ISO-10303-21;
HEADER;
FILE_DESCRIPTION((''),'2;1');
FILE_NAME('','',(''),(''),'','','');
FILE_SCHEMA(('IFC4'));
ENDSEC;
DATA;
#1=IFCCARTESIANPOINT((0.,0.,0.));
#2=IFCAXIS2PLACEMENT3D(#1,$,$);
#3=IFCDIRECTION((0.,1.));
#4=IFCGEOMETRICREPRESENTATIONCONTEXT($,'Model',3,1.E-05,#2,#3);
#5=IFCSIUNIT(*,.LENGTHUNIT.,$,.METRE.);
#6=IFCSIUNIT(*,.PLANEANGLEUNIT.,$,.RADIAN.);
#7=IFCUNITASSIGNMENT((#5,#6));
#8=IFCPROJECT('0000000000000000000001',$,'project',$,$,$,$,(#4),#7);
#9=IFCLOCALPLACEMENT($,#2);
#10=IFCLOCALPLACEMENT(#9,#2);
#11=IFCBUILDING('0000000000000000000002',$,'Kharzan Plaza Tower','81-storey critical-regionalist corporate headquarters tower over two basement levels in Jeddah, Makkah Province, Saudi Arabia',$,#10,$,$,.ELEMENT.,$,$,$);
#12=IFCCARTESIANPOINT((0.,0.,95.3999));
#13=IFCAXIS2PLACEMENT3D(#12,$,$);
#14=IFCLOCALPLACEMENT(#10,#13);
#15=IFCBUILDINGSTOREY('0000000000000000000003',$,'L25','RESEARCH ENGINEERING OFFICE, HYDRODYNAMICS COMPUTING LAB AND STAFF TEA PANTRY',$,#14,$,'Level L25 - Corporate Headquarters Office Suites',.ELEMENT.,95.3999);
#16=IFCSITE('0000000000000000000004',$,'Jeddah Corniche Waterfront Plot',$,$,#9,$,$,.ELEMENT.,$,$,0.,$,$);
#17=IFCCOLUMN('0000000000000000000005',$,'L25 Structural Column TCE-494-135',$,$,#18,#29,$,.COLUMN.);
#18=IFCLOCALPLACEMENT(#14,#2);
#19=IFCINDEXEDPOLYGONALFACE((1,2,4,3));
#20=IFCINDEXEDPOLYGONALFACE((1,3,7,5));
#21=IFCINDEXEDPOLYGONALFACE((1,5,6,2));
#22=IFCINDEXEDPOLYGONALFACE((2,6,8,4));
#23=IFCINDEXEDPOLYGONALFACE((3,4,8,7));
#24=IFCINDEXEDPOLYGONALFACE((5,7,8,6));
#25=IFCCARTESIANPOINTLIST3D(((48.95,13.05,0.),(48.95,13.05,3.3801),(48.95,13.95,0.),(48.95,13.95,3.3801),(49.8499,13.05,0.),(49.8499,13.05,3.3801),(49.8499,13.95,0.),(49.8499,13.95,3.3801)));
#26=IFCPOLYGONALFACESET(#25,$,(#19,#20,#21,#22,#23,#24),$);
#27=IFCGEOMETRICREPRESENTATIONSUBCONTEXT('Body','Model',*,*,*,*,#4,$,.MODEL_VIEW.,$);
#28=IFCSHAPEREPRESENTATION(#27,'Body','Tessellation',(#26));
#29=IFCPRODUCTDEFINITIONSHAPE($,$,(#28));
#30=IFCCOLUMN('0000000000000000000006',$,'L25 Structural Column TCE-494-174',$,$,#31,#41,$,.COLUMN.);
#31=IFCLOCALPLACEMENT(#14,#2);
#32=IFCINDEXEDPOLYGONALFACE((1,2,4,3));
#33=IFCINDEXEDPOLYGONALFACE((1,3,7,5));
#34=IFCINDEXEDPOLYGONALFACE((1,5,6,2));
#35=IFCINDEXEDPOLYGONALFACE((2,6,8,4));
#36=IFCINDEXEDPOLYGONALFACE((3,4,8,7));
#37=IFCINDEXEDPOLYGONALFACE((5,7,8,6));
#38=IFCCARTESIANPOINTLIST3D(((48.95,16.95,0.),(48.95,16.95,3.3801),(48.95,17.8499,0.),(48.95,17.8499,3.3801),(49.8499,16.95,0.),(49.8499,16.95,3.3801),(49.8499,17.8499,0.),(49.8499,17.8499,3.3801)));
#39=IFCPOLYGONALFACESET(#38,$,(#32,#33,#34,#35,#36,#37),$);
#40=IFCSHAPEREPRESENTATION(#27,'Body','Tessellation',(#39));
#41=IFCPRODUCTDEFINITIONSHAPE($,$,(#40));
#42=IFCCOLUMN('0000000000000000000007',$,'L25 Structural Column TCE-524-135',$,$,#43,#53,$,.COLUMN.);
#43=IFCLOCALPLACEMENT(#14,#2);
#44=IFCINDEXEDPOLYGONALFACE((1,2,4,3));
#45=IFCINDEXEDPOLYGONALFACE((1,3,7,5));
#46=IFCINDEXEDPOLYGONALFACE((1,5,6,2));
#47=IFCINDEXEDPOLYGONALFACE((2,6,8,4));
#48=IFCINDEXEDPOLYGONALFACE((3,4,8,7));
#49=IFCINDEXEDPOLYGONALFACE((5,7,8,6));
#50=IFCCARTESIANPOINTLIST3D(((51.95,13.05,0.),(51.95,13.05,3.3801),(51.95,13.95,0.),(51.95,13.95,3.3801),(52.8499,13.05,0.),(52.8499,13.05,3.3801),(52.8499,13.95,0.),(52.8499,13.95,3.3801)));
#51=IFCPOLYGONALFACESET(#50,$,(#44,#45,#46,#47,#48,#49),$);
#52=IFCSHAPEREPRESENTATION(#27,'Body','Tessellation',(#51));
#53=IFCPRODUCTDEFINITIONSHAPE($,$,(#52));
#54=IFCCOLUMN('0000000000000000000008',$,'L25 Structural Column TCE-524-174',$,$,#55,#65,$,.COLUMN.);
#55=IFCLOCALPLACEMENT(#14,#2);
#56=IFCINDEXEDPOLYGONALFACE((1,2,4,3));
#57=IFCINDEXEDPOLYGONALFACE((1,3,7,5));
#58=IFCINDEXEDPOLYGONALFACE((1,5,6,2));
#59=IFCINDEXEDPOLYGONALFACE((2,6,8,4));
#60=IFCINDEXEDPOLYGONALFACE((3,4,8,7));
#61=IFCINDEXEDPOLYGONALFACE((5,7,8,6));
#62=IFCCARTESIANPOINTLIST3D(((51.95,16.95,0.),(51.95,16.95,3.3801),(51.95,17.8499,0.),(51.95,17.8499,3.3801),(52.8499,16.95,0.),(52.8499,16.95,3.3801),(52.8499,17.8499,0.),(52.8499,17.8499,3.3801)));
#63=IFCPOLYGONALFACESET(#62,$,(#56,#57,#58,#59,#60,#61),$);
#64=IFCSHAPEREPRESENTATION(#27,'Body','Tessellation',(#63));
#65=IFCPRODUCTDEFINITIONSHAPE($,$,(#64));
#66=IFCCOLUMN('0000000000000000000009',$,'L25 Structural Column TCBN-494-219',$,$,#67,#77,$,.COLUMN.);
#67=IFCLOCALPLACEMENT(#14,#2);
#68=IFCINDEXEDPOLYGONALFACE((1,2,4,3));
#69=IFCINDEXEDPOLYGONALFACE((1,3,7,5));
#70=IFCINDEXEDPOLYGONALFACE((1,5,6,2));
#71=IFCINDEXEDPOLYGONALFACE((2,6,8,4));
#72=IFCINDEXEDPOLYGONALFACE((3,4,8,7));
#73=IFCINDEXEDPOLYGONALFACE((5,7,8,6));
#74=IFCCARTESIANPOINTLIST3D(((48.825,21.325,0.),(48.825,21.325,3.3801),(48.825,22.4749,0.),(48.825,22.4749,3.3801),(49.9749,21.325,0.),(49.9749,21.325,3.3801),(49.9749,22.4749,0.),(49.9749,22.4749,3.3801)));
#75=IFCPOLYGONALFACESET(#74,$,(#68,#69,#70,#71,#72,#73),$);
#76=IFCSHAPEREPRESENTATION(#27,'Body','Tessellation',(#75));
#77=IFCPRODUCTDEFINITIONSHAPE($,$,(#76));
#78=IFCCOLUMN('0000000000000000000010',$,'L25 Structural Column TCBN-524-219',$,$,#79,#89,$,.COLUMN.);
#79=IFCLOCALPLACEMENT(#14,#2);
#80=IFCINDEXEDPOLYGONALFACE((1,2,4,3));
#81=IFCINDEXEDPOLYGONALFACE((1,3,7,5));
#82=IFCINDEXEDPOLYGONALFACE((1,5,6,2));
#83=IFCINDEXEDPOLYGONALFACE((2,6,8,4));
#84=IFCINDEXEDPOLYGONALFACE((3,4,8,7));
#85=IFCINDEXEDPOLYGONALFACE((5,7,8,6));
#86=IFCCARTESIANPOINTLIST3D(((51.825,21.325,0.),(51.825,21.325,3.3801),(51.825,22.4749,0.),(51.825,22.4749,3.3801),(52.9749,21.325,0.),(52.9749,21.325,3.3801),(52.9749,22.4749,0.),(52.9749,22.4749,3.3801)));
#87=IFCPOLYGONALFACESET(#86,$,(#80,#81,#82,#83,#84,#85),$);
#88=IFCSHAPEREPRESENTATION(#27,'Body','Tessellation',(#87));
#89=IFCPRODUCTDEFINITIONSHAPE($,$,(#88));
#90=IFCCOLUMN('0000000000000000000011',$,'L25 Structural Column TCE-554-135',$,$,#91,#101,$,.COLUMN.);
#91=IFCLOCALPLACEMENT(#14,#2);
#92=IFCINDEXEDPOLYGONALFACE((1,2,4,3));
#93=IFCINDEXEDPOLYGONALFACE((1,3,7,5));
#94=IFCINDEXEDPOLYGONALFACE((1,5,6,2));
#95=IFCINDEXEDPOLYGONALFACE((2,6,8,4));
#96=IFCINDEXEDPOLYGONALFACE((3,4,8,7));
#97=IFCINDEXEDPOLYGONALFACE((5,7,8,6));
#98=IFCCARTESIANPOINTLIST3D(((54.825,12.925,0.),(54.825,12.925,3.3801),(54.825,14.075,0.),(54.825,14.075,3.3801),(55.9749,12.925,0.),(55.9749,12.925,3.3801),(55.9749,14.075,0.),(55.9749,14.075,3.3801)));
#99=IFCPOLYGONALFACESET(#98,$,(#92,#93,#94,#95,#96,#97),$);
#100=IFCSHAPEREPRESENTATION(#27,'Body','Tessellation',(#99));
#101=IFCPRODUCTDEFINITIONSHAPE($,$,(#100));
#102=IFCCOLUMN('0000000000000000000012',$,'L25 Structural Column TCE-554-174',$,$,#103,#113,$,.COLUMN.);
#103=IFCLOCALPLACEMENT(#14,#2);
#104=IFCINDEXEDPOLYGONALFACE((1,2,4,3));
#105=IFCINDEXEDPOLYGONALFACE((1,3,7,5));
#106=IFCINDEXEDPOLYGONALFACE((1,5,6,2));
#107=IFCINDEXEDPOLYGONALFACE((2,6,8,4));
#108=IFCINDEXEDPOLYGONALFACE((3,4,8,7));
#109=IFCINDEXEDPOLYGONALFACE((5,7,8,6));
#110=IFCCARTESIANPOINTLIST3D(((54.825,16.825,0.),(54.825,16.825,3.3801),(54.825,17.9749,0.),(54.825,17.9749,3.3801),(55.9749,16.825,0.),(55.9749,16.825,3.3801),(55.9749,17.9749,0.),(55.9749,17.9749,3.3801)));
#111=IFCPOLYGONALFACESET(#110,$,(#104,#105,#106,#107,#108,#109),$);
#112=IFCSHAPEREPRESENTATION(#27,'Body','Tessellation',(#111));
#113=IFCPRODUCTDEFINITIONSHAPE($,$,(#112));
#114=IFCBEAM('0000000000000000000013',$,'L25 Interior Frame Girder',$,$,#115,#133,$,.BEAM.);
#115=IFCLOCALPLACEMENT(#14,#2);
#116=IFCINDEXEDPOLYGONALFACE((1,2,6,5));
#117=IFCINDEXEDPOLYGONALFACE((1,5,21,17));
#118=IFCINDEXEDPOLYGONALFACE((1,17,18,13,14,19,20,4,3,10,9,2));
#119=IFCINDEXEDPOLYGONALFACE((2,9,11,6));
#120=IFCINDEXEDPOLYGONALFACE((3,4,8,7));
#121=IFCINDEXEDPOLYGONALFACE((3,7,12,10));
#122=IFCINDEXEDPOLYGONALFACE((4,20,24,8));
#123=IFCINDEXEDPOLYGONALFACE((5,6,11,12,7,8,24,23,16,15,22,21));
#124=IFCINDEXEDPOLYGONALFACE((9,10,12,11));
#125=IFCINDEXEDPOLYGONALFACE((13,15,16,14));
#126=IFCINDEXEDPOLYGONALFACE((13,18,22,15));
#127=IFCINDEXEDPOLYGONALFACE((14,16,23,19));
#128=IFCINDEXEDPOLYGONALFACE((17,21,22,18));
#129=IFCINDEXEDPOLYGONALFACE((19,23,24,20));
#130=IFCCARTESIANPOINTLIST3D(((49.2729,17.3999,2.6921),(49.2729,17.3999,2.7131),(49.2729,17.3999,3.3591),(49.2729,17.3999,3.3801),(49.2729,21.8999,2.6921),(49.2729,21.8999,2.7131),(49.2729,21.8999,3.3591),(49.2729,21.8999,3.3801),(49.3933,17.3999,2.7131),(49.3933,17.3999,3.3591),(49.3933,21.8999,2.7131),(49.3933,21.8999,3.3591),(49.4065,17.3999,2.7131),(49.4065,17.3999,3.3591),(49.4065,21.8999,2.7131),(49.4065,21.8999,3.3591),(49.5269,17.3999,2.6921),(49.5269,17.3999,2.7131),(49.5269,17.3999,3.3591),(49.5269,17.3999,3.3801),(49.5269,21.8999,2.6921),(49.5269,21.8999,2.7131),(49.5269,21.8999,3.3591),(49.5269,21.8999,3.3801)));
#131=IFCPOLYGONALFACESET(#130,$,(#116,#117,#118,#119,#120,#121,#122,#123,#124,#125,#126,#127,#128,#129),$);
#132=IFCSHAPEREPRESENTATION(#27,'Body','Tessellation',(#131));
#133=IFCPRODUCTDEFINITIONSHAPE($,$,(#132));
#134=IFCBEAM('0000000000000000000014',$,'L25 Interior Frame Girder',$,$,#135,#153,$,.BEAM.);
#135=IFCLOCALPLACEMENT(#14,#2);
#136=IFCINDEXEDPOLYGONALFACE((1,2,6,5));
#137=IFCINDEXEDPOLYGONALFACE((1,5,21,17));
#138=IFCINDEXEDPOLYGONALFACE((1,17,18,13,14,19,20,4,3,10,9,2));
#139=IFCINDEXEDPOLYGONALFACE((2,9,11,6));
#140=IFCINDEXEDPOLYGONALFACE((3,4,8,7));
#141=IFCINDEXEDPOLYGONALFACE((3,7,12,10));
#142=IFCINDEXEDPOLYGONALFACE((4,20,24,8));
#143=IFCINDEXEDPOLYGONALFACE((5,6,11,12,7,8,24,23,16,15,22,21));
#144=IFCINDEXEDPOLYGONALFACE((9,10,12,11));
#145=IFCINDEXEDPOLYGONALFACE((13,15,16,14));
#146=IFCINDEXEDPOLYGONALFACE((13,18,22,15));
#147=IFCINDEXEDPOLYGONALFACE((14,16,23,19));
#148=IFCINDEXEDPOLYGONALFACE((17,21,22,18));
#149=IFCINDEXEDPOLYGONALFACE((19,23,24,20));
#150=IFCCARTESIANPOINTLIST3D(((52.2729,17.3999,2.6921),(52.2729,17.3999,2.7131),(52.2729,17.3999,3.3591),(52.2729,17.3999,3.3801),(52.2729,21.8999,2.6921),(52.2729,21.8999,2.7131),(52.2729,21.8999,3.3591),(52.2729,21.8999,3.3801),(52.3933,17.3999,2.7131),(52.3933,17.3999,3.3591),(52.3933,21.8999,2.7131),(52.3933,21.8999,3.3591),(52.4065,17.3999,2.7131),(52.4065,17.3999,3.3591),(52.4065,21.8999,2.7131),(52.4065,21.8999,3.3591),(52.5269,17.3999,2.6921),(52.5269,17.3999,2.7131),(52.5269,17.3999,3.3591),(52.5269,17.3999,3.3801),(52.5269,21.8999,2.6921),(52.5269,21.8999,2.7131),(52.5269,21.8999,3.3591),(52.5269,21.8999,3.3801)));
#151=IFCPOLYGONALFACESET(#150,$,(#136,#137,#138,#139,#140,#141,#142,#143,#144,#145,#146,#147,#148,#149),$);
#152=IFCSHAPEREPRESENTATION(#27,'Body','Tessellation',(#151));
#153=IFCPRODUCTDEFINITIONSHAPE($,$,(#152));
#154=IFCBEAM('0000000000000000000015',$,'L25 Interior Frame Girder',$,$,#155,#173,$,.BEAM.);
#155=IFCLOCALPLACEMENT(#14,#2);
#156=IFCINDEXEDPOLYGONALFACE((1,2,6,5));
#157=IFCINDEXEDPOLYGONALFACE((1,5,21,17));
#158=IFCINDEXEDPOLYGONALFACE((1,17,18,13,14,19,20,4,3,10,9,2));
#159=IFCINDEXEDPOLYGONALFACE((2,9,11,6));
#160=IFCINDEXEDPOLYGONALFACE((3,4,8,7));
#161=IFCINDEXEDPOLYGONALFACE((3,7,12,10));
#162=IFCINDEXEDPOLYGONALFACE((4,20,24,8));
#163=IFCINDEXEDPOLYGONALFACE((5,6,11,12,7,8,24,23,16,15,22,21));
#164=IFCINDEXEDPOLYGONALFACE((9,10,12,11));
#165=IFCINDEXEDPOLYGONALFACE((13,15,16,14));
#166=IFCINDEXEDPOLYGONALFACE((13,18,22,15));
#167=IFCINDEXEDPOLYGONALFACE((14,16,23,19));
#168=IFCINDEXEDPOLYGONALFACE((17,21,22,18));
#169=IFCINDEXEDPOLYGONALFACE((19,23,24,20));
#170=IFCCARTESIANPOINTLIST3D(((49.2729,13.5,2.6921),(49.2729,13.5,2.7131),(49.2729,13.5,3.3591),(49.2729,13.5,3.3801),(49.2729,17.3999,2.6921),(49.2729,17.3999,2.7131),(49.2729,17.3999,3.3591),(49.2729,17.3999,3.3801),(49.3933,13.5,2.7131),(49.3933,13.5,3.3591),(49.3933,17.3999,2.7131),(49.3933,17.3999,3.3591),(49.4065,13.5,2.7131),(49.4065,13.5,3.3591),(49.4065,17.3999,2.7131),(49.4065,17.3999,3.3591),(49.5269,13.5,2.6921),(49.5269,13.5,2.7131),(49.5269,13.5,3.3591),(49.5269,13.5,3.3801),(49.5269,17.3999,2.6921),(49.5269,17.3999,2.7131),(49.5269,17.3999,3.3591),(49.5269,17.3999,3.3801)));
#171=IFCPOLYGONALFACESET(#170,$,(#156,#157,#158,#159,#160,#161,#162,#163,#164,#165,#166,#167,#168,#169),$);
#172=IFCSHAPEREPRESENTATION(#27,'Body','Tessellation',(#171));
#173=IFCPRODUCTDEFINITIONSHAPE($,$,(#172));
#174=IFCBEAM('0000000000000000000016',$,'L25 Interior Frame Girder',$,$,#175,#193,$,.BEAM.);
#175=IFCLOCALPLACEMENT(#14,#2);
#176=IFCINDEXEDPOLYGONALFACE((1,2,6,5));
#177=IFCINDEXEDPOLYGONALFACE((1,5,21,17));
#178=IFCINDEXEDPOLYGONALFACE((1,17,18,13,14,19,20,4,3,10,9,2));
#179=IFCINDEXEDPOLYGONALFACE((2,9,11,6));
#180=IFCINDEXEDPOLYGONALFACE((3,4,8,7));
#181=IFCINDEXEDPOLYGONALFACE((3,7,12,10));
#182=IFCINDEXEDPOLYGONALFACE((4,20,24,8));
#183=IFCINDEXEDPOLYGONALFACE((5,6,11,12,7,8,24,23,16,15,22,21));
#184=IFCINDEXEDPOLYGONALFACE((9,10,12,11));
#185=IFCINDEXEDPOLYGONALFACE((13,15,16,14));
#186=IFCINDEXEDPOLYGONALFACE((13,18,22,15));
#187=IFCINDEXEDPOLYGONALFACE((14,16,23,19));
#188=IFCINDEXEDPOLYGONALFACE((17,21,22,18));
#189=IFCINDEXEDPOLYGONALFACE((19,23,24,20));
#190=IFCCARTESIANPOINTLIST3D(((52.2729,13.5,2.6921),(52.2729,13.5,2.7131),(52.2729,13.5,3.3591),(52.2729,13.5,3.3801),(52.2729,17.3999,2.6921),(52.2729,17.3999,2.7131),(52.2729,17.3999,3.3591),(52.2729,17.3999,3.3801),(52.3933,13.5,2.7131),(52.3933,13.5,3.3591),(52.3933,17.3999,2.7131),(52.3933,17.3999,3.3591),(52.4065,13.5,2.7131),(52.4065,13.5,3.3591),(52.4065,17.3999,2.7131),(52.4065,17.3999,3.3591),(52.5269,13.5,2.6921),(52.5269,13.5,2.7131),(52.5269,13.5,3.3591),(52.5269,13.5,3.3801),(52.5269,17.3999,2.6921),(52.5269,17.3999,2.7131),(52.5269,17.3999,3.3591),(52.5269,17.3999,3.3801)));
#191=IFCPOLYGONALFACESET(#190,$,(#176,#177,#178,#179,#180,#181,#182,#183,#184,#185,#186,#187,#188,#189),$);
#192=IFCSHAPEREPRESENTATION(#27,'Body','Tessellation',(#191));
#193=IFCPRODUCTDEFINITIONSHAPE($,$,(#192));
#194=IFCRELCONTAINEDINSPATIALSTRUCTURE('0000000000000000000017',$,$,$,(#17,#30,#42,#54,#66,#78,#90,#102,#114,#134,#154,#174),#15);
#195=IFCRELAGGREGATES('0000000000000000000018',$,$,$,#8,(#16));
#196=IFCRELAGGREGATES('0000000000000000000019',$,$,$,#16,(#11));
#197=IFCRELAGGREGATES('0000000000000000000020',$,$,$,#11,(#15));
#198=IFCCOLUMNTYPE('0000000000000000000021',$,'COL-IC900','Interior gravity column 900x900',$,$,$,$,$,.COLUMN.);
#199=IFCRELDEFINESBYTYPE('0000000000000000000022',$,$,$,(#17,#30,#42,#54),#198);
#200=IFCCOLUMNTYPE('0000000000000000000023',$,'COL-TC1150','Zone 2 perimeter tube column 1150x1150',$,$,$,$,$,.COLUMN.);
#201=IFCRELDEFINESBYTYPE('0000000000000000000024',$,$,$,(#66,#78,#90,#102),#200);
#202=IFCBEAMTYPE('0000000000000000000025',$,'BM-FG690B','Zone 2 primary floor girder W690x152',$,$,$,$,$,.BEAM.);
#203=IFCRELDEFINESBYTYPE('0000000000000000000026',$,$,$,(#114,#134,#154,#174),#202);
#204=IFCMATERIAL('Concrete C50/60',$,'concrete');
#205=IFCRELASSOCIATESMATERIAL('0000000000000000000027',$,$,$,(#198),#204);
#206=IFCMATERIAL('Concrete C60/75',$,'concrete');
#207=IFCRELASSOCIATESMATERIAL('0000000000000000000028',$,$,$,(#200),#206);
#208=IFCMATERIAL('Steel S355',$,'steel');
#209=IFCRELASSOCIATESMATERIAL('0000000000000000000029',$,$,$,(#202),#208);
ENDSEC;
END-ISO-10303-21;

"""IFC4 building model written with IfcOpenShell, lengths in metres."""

from ifc_helpers import new_model, si_unit, direction, frame, origin, origin_2d, place, context, subcontext, project, spatial, rectangle, i_section, extrude, source, transform, mapped, material, material_profile, profile_set, type_object, element, save


model = new_model("IFC4")

# Units and contexts
model_context = context("Model", 3, precision=1e-05, world=origin(), true_north=direction((0.0, 1.0)))
body_context = subcontext(model_context, "Body", "Model", "MODEL_VIEW")
ifc_project = project(units=[si_unit("LENGTHUNIT", "METRE"), si_unit("PLANEANGLEUNIT", "RADIAN")], contexts=[model_context])

# Site, building, storey
site_placement = place(None, origin())
site = spatial("IfcSite", under=ifc_project, at=site_placement, Name="Jeddah Corniche Waterfront Plot", CompositionType="ELEMENT", RefElevation=0.0)
building_placement = place(site_placement, origin())
building = spatial("IfcBuilding", under=site, at=building_placement, Name="Kharzan Plaza Tower", Description="81-storey critical-regionalist corporate headquarters tower over two basement levels in Jeddah, Makkah Province, Saudi Arabia", CompositionType="ELEMENT")
storey_placement = place(building_placement, frame((0.0, 0.0, 95.3999)))
storey = spatial("IfcBuildingStorey", under=building, at=storey_placement, Name="L25", Description="RESEARCH ENGINEERING OFFICE, HYDRODYNAMICS COMPUTING LAB AND STAFF TEA PANTRY", LongName="Level L25 - Corporate Headquarters Office Suites", CompositionType="ELEMENT", Elevation=95.3999)

# Columns
ifc_material_1 = material(Name="Concrete C50/60", Category="concrete")
ifc_material_profile_1 = material_profile(ifc_material_1, rectangle(XDim=0.8999, YDim=0.8999, at=origin_2d()), Name="RC-IC900x900")
ifc_profile_set_1 = profile_set([ifc_material_profile_1], Name="Concrete C50/60")
column_type_1 = type_object("IfcColumnType", Name="COL-IC900", Description="Interior gravity column 900x900", PredefinedType="COLUMN", material=ifc_profile_set_1)
shared_shape_1 = source(origin(), body_context, "Body", "SweptSolid", [
    extrude(rectangle(XDim=0.8999, YDim=0.8999, at=origin_2d()), origin(), (0.0, 0.0, 1.0), 3.3801),
])
for number, where, z_axis, x_axis, name in (
    (1, (49.3999, 13.5, 0.0), (0.0, 0.0, 1.0), (1.0, 0.0, 0.0), "L25 Structural Column TCE-494-135"),
    (2, (49.3999, 17.3999, 0.0), (0.0, 0.0, 1.0), (1.0, 0.0, 0.0), "L25 Structural Column TCE-494-174"),
    (3, (52.3999, 13.5, 0.0), (0.0, 0.0, 1.0), (1.0, 0.0, 0.0), "L25 Structural Column TCE-524-135"),
    (4, (52.3999, 17.3999, 0.0), (0.0, 0.0, 1.0), (1.0, 0.0, 0.0), "L25 Structural Column TCE-524-174"),
):
    element("IfcColumn", number, at=place(storey_placement, frame(where, z_axis=z_axis, x_axis=x_axis)), inside=storey, type_object=column_type_1, Name=name, PredefinedType="COLUMN", context=body_context, shape_type="MappedRepresentation", body=[
        mapped(shared_shape_1, transform((0.0, 0.0, 0.0), x_axis=(1.0, 0.0, 0.0), y_axis=(0.0, 1.0, 0.0), z_axis=(0.0, 0.0, 1.0))),
    ])
ifc_material_2 = material(Name="Concrete C60/75", Category="concrete")
ifc_material_profile_2 = material_profile(ifc_material_2, rectangle(XDim=1.1499, YDim=1.1499, at=origin_2d()), Name="RC-TC1150x1150")
ifc_profile_set_2 = profile_set([ifc_material_profile_2], Name="Concrete C60/75")
column_type_2 = type_object("IfcColumnType", Name="COL-TC1150", Description="Zone 2 perimeter tube column 1150x1150", PredefinedType="COLUMN", material=ifc_profile_set_2)
shared_shape_2 = source(origin(), body_context, "Body", "SweptSolid", [
    extrude(rectangle(XDim=1.1499, YDim=1.1499, at=origin_2d()), origin(), (0.0, 0.0, 1.0), 3.3801),
])
for number, where, z_axis, x_axis, name in (
    (5, (49.3999, 21.8999, 0.0), (0.0, 0.0, 1.0), (1.0, 0.0, 0.0), "L25 Structural Column TCBN-494-219"),
    (6, (52.3999, 21.8999, 0.0), (0.0, 0.0, 1.0), (1.0, 0.0, 0.0), "L25 Structural Column TCBN-524-219"),
    (7, (55.3999, 13.5, 0.0), (0.0, 0.0, 1.0), (1.0, 0.0, 0.0), "L25 Structural Column TCE-554-135"),
    (8, (55.3999, 17.3999, 0.0), (0.0, 0.0, 1.0), (1.0, 0.0, 0.0), "L25 Structural Column TCE-554-174"),
):
    element("IfcColumn", number, at=place(storey_placement, frame(where, z_axis=z_axis, x_axis=x_axis)), inside=storey, type_object=column_type_2, Name=name, PredefinedType="COLUMN", context=body_context, shape_type="MappedRepresentation", body=[
        mapped(shared_shape_2, transform((0.0, 0.0, 0.0), x_axis=(1.0, 0.0, 0.0), y_axis=(0.0, 1.0, 0.0), z_axis=(0.0, 0.0, 1.0))),
    ])

# Beams
ifc_material_3 = material(Name="Steel S355", Category="steel")
ifc_material_profile_3 = material_profile(ifc_material_3, i_section(OverallWidth=0.2539, OverallDepth=0.688, WebThickness=0.0132, FlangeThickness=0.021, at=origin_2d()), Name="W690x152")
ifc_profile_set_3 = profile_set([ifc_material_profile_3], Name="Steel S355")
beam_type_1 = type_object("IfcBeamType", Name="BM-FG690B", Description="Zone 2 primary floor girder W690x152", PredefinedType="BEAM", material=ifc_profile_set_3)
shared_shape_3 = source(origin(), body_context, "Body", "SweptSolid", [
    extrude(i_section(OverallWidth=0.2539, OverallDepth=0.688, WebThickness=0.0132, FlangeThickness=0.021, at=origin_2d()), origin(), (0.0, 0.0, 1.0), 4.5),
])
for number, where, z_axis, x_axis, name in (
    (9, (49.3999, 17.3999, 3.0361), (0.0, 1.0, 0.0), (-1.0, 0.0, 0.0), "L25 Interior Frame Girder"),
    (10, (52.3999, 17.3999, 3.0361), (0.0, 1.0, 0.0), (-1.0, 0.0, 0.0), "L25 Interior Frame Girder"),
):
    element("IfcBeam", number, at=place(storey_placement, frame(where, z_axis=z_axis, x_axis=x_axis)), inside=storey, type_object=beam_type_1, Name=name, PredefinedType="BEAM", context=body_context, shape_type="MappedRepresentation", body=[
        mapped(shared_shape_3, transform((0.0, 0.0, 0.0), x_axis=(1.0, 0.0, 0.0), y_axis=(0.0, 1.0, 0.0), z_axis=(0.0, 0.0, 1.0))),
    ])
shared_shape_4 = source(origin(), body_context, "Body", "SweptSolid", [
    extrude(i_section(OverallWidth=0.2539, OverallDepth=0.688, WebThickness=0.0132, FlangeThickness=0.021, at=origin_2d()), origin(), (0.0, 0.0, 1.0), 3.8999),
])
for number, where, z_axis, x_axis, name in (
    (11, (49.3999, 13.5, 3.0361), (0.0, 1.0, 0.0), (-1.0, 0.0, 0.0), "L25 Interior Frame Girder"),
    (12, (52.3999, 13.5, 3.0361), (0.0, 1.0, 0.0), (-1.0, 0.0, 0.0), "L25 Interior Frame Girder"),
):
    element("IfcBeam", number, at=place(storey_placement, frame(where, z_axis=z_axis, x_axis=x_axis)), inside=storey, type_object=beam_type_1, Name=name, PredefinedType="BEAM", context=body_context, shape_type="MappedRepresentation", body=[
        mapped(shared_shape_4, transform((0.0, 0.0, 0.0), x_axis=(1.0, 0.0, 0.0), y_axis=(0.0, 1.0, 0.0), z_axis=(0.0, 0.0, 1.0))),
    ])

save(model, "model.ifc")
